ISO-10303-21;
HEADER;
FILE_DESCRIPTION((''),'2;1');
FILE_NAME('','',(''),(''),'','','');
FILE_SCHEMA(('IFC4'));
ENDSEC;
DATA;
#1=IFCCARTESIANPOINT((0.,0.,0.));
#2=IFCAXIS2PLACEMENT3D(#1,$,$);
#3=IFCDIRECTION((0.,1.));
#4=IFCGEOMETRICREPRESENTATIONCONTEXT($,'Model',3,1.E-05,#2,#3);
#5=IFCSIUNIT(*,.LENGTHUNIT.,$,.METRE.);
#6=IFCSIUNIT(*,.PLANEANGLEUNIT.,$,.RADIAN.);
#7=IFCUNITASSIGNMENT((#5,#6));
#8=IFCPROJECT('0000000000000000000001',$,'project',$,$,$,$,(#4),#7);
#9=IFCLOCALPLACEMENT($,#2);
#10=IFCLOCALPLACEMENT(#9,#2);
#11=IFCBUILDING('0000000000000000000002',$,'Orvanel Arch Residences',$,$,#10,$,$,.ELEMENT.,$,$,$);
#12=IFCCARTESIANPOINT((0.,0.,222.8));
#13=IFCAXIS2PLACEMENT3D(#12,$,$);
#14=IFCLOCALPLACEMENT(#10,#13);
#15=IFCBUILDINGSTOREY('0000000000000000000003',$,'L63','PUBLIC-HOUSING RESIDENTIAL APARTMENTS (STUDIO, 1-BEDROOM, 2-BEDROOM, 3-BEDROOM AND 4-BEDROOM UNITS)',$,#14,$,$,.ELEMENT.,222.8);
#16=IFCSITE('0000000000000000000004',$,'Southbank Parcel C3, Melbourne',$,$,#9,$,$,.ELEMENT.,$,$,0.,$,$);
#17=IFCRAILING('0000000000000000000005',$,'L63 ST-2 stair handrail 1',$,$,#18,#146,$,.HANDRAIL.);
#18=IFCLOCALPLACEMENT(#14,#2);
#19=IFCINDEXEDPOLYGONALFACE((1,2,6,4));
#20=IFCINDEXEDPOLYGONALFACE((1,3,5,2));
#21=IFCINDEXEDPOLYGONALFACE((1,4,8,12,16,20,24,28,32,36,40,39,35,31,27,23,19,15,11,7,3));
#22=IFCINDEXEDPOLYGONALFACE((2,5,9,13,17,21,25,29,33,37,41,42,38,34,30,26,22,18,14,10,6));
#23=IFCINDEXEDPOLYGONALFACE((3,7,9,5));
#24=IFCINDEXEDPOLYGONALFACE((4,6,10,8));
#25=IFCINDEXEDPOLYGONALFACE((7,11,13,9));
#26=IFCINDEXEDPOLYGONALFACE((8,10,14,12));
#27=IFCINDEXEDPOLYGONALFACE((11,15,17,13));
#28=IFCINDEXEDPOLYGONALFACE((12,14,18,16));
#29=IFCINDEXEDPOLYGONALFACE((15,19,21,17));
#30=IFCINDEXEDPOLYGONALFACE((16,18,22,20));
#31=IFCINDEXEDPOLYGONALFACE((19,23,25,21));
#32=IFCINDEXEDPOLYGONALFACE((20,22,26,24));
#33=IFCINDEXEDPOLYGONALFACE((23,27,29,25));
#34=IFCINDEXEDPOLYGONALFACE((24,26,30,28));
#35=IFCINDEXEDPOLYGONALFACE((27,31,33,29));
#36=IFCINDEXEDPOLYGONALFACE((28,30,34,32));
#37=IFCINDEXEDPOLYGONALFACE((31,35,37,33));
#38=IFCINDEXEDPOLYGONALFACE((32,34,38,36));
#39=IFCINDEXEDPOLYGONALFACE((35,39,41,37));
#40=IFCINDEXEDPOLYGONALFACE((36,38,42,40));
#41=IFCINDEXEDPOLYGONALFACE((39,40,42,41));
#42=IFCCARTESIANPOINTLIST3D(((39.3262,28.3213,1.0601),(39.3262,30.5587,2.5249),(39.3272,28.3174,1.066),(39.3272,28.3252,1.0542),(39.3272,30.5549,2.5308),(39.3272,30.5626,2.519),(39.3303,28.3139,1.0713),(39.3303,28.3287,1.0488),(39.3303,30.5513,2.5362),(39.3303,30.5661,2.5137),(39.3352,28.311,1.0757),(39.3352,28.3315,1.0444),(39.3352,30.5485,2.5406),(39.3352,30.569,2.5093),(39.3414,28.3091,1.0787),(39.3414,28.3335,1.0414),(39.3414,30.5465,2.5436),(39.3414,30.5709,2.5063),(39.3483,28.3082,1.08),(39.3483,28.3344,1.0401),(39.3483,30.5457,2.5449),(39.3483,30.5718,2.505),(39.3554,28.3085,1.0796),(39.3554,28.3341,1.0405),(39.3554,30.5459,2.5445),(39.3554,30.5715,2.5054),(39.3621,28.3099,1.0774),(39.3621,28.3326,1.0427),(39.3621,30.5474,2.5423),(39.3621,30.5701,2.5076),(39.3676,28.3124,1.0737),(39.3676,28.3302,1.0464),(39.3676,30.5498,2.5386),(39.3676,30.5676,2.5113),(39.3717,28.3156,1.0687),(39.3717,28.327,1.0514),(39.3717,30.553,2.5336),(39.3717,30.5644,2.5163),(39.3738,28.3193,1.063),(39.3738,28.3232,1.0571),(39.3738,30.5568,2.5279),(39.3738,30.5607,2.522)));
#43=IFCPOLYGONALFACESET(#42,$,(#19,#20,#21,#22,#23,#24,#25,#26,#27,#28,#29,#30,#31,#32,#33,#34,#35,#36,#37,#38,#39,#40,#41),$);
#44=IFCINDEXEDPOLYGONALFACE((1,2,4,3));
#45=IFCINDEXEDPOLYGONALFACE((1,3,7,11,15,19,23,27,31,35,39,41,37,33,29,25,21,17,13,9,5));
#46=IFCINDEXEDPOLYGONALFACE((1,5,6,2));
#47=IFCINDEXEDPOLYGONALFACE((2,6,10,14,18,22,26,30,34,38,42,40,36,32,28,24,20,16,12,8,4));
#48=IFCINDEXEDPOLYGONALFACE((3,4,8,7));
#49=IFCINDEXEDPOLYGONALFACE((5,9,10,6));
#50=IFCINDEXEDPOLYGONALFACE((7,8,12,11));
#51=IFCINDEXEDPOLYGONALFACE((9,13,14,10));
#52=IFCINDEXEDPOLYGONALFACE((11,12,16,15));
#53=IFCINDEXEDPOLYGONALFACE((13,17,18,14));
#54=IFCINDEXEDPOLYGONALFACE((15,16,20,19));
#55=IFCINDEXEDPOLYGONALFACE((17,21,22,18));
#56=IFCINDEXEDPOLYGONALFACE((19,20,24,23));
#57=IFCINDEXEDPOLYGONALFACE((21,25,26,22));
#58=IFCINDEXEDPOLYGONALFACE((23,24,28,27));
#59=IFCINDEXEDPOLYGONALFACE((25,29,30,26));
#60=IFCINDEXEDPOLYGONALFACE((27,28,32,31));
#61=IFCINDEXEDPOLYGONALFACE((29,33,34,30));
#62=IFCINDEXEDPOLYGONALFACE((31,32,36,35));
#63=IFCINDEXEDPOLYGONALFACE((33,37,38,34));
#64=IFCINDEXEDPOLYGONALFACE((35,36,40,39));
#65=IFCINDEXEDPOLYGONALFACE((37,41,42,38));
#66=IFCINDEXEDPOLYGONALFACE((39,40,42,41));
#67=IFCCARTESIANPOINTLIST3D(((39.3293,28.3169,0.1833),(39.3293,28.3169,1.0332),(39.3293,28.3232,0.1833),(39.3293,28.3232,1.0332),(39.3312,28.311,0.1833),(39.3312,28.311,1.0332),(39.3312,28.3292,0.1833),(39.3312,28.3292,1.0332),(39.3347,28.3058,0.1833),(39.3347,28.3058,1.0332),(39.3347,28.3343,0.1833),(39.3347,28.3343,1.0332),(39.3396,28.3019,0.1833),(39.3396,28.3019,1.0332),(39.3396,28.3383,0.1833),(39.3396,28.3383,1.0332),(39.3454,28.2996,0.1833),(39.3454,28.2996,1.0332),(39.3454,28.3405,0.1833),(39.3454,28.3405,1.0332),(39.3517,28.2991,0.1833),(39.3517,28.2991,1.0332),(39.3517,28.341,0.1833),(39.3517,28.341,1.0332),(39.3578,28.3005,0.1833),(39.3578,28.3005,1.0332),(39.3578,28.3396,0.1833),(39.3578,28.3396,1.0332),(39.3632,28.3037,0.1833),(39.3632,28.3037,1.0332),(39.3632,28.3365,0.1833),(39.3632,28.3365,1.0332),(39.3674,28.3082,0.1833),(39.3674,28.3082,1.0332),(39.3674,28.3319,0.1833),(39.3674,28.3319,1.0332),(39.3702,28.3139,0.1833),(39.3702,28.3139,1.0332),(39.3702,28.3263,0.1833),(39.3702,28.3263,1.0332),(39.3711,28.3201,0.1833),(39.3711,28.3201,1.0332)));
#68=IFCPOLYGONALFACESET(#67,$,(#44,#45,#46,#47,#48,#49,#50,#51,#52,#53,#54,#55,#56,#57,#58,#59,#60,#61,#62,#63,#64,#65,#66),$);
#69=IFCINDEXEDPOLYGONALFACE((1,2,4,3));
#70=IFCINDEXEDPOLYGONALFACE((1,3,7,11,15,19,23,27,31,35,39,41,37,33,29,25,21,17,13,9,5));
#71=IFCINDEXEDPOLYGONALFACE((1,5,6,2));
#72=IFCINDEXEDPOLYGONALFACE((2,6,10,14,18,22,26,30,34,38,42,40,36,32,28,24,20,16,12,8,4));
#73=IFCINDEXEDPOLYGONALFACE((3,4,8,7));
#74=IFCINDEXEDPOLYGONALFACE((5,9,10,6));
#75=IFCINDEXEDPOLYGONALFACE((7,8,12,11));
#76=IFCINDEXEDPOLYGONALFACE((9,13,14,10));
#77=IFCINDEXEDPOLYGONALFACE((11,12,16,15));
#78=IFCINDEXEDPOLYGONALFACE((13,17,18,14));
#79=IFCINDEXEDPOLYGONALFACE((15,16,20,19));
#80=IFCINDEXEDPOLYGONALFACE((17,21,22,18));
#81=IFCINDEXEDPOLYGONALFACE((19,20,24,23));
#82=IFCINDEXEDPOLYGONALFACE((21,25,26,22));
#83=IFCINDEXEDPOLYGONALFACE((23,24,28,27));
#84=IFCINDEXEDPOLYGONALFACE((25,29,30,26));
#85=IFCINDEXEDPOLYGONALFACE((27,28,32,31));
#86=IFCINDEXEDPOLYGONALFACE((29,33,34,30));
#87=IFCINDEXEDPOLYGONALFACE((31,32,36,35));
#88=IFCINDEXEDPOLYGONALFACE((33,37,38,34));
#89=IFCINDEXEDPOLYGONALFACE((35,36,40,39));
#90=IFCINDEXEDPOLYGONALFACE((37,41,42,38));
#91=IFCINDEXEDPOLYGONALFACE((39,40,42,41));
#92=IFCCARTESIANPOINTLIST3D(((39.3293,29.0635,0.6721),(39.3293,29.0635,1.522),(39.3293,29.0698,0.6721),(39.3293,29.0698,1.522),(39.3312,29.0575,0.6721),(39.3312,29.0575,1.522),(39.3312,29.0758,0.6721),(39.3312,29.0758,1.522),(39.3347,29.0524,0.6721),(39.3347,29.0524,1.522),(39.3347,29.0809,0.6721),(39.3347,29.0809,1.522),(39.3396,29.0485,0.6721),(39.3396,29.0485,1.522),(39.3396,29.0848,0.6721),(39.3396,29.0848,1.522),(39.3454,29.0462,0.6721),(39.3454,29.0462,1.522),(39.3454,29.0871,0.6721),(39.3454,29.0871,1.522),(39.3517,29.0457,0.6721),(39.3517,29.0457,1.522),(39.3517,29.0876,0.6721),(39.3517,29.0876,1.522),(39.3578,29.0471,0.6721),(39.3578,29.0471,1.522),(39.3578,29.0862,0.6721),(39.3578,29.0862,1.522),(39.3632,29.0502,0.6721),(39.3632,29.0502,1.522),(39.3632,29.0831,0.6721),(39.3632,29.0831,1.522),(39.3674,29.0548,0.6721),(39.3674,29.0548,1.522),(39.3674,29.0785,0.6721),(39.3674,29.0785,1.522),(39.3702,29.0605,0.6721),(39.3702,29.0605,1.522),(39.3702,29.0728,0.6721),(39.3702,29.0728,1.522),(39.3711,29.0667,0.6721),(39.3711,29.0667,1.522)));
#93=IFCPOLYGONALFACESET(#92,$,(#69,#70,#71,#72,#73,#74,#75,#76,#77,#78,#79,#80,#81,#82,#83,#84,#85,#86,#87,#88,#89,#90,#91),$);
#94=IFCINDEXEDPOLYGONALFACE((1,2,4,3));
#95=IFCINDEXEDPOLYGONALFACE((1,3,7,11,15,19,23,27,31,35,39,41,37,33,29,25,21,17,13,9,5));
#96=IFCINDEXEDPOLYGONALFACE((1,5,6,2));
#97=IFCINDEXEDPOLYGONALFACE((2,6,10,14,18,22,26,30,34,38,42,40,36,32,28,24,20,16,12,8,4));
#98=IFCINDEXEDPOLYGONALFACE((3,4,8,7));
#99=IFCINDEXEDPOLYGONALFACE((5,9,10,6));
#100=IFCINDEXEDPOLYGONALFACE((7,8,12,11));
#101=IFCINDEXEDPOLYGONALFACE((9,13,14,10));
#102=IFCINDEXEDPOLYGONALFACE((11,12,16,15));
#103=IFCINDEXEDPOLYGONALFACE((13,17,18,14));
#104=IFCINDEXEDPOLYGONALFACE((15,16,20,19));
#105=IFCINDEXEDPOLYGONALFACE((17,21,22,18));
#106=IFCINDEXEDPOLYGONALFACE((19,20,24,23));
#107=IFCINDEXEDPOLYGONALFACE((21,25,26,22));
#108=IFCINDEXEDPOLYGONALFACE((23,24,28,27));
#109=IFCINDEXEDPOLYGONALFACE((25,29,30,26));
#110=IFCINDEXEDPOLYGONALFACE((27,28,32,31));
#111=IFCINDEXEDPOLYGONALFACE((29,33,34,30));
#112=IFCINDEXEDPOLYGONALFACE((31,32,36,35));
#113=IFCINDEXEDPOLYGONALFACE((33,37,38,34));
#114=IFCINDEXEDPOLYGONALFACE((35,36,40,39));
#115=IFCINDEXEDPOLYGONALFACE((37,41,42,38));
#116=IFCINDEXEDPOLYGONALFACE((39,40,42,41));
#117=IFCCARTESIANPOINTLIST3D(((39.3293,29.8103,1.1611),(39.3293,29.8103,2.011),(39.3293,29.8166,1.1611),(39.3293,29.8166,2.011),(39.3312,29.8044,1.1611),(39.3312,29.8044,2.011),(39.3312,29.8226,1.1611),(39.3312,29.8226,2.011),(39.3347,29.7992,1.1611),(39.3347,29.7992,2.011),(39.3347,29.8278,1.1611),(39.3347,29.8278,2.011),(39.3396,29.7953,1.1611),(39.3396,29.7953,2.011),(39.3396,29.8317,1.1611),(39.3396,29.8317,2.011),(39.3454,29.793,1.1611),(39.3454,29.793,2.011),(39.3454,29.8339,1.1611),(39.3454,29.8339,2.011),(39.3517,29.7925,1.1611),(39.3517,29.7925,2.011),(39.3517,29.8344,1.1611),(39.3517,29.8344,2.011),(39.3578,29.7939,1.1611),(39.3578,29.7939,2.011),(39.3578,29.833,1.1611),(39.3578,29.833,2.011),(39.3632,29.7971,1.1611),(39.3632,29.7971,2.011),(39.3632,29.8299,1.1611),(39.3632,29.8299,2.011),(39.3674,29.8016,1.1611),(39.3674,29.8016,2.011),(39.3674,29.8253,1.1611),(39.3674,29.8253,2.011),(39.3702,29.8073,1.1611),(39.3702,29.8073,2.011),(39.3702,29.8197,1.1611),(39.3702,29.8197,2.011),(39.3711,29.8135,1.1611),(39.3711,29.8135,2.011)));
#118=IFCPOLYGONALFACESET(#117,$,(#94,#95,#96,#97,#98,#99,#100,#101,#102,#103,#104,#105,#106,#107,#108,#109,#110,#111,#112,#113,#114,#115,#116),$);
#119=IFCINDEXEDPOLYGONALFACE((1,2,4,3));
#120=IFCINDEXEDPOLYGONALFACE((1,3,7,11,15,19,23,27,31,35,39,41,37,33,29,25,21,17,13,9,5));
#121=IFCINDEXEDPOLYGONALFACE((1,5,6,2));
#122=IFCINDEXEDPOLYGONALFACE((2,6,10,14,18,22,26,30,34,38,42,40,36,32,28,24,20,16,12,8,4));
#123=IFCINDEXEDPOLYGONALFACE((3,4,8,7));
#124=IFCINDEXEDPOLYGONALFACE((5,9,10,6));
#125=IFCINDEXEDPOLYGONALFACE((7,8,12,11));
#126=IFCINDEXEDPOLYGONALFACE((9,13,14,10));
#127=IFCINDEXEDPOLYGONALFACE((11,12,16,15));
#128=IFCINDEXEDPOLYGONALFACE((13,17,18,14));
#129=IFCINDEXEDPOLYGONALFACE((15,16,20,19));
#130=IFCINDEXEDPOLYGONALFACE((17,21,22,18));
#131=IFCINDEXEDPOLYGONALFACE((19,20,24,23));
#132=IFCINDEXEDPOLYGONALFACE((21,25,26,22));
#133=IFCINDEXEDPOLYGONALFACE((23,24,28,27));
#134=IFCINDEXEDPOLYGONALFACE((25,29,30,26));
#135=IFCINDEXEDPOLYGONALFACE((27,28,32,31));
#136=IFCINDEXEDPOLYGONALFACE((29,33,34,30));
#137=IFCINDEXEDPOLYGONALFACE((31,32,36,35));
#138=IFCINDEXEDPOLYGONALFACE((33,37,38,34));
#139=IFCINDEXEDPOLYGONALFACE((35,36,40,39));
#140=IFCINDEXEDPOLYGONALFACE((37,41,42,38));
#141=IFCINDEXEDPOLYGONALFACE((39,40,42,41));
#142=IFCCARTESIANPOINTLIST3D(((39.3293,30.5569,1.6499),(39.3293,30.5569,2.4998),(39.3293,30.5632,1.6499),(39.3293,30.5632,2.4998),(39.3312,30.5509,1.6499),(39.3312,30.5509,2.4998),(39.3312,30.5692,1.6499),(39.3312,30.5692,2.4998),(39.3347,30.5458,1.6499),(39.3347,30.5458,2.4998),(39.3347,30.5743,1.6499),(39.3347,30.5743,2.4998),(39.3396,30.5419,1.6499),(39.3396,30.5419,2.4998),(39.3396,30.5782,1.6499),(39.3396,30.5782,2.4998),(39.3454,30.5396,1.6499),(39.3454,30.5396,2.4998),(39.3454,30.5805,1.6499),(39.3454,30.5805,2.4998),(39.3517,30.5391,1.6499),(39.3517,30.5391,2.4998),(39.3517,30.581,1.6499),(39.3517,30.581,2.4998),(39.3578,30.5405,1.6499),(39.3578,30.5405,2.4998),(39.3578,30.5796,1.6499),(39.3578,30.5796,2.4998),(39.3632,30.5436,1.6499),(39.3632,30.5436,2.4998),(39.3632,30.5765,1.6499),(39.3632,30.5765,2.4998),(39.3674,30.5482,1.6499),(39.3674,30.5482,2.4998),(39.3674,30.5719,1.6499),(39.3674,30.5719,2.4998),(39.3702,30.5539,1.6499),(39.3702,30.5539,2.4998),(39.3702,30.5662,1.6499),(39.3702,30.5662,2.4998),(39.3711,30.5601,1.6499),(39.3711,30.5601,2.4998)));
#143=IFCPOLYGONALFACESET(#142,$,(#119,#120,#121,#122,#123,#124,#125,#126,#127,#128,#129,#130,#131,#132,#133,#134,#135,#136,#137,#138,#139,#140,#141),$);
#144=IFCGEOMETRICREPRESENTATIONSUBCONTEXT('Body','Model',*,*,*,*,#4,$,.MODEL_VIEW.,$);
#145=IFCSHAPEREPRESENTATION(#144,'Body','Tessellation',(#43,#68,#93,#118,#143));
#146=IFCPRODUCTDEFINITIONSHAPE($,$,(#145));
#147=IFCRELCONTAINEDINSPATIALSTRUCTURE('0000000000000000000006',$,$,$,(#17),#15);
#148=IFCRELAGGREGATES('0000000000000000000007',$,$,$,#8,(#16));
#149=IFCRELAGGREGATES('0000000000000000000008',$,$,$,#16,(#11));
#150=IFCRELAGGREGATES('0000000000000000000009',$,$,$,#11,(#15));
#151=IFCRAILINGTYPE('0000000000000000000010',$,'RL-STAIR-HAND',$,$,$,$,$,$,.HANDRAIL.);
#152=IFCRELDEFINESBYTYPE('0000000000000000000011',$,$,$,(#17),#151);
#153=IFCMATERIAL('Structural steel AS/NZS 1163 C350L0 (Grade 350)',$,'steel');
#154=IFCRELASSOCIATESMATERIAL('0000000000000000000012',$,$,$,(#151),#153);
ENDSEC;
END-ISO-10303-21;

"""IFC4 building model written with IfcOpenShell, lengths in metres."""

from ifc_helpers import new_model, si_unit, direction, frame, origin, origin_2d, place, context, subcontext, project, spatial, circle, extrude, material, type_object, element, save


model = new_model("IFC4")

# Units and contexts
model_context = context("Model", 3, precision=1e-05, world=origin(), true_north=direction((0.0, 1.0)))
body_context = subcontext(model_context, "Body", "Model", "MODEL_VIEW")
ifc_project = project(units=[si_unit("LENGTHUNIT", "METRE"), si_unit("PLANEANGLEUNIT", "RADIAN")], contexts=[model_context])

# Site, building, storey
site_placement = place(None, origin())
site = spatial("IfcSite", under=ifc_project, at=site_placement, Name="Southbank Parcel C3, Melbourne", CompositionType="ELEMENT", RefElevation=0.0)
building_placement = place(site_placement, origin())
building = spatial("IfcBuilding", under=site, at=building_placement, Name="Orvanel Arch Residences", CompositionType="ELEMENT")
storey_placement = place(building_placement, frame((0.0, 0.0, 222.8)))
storey = spatial("IfcBuildingStorey", under=building, at=storey_placement, Name="L63", Description="PUBLIC-HOUSING RESIDENTIAL APARTMENTS (STUDIO, 1-BEDROOM, 2-BEDROOM, 3-BEDROOM AND 4-BEDROOM UNITS)", CompositionType="ELEMENT", Elevation=222.8)

# Railing
ifc_material_1 = material(Name="Structural steel AS/NZS 1163 C350L0 (Grade 350)", Category="steel")
railing_type_1 = type_object("IfcRailingType", Name="RL-STAIR-HAND", PredefinedType="HANDRAIL", material=ifc_material_1)
railing_1_placement = place(storey_placement, frame((39.3501, 28.3201, 0.1833)))
element("IfcRailing", 1, at=railing_1_placement, inside=storey, type_object=railing_type_1, Name="L63 ST-2 stair handrail 1", PredefinedType="HANDRAIL", context=body_context, shape_type="SweptSolid", body=[
    extrude(circle(Radius=0.0239, at=origin_2d()), frame((0.0, 0.0012, 0.8767), z_axis=(0.0, 0.836637, 0.547758), x_axis=(-1.0, 0.0, 0.0)), (0.0, 0.0, 1.0), 2.6743),
    extrude(circle(Radius=0.021, at=origin_2d()), origin(), (0.0, 0.0, 1.0), 0.8499),
    extrude(circle(Radius=0.021, at=origin_2d()), frame((0.0, 0.7466, 0.4888)), (0.0, 0.0, 1.0), 0.8499),
    extrude(circle(Radius=0.021, at=origin_2d()), frame((0.0, 1.4934, 0.9778)), (0.0, 0.0, 1.0), 0.8499),
    extrude(circle(Radius=0.021, at=origin_2d()), frame((0.0, 2.24, 1.4666)), (0.0, 0.0, 1.0), 0.8499),
])

save(model, "model.ifc")
